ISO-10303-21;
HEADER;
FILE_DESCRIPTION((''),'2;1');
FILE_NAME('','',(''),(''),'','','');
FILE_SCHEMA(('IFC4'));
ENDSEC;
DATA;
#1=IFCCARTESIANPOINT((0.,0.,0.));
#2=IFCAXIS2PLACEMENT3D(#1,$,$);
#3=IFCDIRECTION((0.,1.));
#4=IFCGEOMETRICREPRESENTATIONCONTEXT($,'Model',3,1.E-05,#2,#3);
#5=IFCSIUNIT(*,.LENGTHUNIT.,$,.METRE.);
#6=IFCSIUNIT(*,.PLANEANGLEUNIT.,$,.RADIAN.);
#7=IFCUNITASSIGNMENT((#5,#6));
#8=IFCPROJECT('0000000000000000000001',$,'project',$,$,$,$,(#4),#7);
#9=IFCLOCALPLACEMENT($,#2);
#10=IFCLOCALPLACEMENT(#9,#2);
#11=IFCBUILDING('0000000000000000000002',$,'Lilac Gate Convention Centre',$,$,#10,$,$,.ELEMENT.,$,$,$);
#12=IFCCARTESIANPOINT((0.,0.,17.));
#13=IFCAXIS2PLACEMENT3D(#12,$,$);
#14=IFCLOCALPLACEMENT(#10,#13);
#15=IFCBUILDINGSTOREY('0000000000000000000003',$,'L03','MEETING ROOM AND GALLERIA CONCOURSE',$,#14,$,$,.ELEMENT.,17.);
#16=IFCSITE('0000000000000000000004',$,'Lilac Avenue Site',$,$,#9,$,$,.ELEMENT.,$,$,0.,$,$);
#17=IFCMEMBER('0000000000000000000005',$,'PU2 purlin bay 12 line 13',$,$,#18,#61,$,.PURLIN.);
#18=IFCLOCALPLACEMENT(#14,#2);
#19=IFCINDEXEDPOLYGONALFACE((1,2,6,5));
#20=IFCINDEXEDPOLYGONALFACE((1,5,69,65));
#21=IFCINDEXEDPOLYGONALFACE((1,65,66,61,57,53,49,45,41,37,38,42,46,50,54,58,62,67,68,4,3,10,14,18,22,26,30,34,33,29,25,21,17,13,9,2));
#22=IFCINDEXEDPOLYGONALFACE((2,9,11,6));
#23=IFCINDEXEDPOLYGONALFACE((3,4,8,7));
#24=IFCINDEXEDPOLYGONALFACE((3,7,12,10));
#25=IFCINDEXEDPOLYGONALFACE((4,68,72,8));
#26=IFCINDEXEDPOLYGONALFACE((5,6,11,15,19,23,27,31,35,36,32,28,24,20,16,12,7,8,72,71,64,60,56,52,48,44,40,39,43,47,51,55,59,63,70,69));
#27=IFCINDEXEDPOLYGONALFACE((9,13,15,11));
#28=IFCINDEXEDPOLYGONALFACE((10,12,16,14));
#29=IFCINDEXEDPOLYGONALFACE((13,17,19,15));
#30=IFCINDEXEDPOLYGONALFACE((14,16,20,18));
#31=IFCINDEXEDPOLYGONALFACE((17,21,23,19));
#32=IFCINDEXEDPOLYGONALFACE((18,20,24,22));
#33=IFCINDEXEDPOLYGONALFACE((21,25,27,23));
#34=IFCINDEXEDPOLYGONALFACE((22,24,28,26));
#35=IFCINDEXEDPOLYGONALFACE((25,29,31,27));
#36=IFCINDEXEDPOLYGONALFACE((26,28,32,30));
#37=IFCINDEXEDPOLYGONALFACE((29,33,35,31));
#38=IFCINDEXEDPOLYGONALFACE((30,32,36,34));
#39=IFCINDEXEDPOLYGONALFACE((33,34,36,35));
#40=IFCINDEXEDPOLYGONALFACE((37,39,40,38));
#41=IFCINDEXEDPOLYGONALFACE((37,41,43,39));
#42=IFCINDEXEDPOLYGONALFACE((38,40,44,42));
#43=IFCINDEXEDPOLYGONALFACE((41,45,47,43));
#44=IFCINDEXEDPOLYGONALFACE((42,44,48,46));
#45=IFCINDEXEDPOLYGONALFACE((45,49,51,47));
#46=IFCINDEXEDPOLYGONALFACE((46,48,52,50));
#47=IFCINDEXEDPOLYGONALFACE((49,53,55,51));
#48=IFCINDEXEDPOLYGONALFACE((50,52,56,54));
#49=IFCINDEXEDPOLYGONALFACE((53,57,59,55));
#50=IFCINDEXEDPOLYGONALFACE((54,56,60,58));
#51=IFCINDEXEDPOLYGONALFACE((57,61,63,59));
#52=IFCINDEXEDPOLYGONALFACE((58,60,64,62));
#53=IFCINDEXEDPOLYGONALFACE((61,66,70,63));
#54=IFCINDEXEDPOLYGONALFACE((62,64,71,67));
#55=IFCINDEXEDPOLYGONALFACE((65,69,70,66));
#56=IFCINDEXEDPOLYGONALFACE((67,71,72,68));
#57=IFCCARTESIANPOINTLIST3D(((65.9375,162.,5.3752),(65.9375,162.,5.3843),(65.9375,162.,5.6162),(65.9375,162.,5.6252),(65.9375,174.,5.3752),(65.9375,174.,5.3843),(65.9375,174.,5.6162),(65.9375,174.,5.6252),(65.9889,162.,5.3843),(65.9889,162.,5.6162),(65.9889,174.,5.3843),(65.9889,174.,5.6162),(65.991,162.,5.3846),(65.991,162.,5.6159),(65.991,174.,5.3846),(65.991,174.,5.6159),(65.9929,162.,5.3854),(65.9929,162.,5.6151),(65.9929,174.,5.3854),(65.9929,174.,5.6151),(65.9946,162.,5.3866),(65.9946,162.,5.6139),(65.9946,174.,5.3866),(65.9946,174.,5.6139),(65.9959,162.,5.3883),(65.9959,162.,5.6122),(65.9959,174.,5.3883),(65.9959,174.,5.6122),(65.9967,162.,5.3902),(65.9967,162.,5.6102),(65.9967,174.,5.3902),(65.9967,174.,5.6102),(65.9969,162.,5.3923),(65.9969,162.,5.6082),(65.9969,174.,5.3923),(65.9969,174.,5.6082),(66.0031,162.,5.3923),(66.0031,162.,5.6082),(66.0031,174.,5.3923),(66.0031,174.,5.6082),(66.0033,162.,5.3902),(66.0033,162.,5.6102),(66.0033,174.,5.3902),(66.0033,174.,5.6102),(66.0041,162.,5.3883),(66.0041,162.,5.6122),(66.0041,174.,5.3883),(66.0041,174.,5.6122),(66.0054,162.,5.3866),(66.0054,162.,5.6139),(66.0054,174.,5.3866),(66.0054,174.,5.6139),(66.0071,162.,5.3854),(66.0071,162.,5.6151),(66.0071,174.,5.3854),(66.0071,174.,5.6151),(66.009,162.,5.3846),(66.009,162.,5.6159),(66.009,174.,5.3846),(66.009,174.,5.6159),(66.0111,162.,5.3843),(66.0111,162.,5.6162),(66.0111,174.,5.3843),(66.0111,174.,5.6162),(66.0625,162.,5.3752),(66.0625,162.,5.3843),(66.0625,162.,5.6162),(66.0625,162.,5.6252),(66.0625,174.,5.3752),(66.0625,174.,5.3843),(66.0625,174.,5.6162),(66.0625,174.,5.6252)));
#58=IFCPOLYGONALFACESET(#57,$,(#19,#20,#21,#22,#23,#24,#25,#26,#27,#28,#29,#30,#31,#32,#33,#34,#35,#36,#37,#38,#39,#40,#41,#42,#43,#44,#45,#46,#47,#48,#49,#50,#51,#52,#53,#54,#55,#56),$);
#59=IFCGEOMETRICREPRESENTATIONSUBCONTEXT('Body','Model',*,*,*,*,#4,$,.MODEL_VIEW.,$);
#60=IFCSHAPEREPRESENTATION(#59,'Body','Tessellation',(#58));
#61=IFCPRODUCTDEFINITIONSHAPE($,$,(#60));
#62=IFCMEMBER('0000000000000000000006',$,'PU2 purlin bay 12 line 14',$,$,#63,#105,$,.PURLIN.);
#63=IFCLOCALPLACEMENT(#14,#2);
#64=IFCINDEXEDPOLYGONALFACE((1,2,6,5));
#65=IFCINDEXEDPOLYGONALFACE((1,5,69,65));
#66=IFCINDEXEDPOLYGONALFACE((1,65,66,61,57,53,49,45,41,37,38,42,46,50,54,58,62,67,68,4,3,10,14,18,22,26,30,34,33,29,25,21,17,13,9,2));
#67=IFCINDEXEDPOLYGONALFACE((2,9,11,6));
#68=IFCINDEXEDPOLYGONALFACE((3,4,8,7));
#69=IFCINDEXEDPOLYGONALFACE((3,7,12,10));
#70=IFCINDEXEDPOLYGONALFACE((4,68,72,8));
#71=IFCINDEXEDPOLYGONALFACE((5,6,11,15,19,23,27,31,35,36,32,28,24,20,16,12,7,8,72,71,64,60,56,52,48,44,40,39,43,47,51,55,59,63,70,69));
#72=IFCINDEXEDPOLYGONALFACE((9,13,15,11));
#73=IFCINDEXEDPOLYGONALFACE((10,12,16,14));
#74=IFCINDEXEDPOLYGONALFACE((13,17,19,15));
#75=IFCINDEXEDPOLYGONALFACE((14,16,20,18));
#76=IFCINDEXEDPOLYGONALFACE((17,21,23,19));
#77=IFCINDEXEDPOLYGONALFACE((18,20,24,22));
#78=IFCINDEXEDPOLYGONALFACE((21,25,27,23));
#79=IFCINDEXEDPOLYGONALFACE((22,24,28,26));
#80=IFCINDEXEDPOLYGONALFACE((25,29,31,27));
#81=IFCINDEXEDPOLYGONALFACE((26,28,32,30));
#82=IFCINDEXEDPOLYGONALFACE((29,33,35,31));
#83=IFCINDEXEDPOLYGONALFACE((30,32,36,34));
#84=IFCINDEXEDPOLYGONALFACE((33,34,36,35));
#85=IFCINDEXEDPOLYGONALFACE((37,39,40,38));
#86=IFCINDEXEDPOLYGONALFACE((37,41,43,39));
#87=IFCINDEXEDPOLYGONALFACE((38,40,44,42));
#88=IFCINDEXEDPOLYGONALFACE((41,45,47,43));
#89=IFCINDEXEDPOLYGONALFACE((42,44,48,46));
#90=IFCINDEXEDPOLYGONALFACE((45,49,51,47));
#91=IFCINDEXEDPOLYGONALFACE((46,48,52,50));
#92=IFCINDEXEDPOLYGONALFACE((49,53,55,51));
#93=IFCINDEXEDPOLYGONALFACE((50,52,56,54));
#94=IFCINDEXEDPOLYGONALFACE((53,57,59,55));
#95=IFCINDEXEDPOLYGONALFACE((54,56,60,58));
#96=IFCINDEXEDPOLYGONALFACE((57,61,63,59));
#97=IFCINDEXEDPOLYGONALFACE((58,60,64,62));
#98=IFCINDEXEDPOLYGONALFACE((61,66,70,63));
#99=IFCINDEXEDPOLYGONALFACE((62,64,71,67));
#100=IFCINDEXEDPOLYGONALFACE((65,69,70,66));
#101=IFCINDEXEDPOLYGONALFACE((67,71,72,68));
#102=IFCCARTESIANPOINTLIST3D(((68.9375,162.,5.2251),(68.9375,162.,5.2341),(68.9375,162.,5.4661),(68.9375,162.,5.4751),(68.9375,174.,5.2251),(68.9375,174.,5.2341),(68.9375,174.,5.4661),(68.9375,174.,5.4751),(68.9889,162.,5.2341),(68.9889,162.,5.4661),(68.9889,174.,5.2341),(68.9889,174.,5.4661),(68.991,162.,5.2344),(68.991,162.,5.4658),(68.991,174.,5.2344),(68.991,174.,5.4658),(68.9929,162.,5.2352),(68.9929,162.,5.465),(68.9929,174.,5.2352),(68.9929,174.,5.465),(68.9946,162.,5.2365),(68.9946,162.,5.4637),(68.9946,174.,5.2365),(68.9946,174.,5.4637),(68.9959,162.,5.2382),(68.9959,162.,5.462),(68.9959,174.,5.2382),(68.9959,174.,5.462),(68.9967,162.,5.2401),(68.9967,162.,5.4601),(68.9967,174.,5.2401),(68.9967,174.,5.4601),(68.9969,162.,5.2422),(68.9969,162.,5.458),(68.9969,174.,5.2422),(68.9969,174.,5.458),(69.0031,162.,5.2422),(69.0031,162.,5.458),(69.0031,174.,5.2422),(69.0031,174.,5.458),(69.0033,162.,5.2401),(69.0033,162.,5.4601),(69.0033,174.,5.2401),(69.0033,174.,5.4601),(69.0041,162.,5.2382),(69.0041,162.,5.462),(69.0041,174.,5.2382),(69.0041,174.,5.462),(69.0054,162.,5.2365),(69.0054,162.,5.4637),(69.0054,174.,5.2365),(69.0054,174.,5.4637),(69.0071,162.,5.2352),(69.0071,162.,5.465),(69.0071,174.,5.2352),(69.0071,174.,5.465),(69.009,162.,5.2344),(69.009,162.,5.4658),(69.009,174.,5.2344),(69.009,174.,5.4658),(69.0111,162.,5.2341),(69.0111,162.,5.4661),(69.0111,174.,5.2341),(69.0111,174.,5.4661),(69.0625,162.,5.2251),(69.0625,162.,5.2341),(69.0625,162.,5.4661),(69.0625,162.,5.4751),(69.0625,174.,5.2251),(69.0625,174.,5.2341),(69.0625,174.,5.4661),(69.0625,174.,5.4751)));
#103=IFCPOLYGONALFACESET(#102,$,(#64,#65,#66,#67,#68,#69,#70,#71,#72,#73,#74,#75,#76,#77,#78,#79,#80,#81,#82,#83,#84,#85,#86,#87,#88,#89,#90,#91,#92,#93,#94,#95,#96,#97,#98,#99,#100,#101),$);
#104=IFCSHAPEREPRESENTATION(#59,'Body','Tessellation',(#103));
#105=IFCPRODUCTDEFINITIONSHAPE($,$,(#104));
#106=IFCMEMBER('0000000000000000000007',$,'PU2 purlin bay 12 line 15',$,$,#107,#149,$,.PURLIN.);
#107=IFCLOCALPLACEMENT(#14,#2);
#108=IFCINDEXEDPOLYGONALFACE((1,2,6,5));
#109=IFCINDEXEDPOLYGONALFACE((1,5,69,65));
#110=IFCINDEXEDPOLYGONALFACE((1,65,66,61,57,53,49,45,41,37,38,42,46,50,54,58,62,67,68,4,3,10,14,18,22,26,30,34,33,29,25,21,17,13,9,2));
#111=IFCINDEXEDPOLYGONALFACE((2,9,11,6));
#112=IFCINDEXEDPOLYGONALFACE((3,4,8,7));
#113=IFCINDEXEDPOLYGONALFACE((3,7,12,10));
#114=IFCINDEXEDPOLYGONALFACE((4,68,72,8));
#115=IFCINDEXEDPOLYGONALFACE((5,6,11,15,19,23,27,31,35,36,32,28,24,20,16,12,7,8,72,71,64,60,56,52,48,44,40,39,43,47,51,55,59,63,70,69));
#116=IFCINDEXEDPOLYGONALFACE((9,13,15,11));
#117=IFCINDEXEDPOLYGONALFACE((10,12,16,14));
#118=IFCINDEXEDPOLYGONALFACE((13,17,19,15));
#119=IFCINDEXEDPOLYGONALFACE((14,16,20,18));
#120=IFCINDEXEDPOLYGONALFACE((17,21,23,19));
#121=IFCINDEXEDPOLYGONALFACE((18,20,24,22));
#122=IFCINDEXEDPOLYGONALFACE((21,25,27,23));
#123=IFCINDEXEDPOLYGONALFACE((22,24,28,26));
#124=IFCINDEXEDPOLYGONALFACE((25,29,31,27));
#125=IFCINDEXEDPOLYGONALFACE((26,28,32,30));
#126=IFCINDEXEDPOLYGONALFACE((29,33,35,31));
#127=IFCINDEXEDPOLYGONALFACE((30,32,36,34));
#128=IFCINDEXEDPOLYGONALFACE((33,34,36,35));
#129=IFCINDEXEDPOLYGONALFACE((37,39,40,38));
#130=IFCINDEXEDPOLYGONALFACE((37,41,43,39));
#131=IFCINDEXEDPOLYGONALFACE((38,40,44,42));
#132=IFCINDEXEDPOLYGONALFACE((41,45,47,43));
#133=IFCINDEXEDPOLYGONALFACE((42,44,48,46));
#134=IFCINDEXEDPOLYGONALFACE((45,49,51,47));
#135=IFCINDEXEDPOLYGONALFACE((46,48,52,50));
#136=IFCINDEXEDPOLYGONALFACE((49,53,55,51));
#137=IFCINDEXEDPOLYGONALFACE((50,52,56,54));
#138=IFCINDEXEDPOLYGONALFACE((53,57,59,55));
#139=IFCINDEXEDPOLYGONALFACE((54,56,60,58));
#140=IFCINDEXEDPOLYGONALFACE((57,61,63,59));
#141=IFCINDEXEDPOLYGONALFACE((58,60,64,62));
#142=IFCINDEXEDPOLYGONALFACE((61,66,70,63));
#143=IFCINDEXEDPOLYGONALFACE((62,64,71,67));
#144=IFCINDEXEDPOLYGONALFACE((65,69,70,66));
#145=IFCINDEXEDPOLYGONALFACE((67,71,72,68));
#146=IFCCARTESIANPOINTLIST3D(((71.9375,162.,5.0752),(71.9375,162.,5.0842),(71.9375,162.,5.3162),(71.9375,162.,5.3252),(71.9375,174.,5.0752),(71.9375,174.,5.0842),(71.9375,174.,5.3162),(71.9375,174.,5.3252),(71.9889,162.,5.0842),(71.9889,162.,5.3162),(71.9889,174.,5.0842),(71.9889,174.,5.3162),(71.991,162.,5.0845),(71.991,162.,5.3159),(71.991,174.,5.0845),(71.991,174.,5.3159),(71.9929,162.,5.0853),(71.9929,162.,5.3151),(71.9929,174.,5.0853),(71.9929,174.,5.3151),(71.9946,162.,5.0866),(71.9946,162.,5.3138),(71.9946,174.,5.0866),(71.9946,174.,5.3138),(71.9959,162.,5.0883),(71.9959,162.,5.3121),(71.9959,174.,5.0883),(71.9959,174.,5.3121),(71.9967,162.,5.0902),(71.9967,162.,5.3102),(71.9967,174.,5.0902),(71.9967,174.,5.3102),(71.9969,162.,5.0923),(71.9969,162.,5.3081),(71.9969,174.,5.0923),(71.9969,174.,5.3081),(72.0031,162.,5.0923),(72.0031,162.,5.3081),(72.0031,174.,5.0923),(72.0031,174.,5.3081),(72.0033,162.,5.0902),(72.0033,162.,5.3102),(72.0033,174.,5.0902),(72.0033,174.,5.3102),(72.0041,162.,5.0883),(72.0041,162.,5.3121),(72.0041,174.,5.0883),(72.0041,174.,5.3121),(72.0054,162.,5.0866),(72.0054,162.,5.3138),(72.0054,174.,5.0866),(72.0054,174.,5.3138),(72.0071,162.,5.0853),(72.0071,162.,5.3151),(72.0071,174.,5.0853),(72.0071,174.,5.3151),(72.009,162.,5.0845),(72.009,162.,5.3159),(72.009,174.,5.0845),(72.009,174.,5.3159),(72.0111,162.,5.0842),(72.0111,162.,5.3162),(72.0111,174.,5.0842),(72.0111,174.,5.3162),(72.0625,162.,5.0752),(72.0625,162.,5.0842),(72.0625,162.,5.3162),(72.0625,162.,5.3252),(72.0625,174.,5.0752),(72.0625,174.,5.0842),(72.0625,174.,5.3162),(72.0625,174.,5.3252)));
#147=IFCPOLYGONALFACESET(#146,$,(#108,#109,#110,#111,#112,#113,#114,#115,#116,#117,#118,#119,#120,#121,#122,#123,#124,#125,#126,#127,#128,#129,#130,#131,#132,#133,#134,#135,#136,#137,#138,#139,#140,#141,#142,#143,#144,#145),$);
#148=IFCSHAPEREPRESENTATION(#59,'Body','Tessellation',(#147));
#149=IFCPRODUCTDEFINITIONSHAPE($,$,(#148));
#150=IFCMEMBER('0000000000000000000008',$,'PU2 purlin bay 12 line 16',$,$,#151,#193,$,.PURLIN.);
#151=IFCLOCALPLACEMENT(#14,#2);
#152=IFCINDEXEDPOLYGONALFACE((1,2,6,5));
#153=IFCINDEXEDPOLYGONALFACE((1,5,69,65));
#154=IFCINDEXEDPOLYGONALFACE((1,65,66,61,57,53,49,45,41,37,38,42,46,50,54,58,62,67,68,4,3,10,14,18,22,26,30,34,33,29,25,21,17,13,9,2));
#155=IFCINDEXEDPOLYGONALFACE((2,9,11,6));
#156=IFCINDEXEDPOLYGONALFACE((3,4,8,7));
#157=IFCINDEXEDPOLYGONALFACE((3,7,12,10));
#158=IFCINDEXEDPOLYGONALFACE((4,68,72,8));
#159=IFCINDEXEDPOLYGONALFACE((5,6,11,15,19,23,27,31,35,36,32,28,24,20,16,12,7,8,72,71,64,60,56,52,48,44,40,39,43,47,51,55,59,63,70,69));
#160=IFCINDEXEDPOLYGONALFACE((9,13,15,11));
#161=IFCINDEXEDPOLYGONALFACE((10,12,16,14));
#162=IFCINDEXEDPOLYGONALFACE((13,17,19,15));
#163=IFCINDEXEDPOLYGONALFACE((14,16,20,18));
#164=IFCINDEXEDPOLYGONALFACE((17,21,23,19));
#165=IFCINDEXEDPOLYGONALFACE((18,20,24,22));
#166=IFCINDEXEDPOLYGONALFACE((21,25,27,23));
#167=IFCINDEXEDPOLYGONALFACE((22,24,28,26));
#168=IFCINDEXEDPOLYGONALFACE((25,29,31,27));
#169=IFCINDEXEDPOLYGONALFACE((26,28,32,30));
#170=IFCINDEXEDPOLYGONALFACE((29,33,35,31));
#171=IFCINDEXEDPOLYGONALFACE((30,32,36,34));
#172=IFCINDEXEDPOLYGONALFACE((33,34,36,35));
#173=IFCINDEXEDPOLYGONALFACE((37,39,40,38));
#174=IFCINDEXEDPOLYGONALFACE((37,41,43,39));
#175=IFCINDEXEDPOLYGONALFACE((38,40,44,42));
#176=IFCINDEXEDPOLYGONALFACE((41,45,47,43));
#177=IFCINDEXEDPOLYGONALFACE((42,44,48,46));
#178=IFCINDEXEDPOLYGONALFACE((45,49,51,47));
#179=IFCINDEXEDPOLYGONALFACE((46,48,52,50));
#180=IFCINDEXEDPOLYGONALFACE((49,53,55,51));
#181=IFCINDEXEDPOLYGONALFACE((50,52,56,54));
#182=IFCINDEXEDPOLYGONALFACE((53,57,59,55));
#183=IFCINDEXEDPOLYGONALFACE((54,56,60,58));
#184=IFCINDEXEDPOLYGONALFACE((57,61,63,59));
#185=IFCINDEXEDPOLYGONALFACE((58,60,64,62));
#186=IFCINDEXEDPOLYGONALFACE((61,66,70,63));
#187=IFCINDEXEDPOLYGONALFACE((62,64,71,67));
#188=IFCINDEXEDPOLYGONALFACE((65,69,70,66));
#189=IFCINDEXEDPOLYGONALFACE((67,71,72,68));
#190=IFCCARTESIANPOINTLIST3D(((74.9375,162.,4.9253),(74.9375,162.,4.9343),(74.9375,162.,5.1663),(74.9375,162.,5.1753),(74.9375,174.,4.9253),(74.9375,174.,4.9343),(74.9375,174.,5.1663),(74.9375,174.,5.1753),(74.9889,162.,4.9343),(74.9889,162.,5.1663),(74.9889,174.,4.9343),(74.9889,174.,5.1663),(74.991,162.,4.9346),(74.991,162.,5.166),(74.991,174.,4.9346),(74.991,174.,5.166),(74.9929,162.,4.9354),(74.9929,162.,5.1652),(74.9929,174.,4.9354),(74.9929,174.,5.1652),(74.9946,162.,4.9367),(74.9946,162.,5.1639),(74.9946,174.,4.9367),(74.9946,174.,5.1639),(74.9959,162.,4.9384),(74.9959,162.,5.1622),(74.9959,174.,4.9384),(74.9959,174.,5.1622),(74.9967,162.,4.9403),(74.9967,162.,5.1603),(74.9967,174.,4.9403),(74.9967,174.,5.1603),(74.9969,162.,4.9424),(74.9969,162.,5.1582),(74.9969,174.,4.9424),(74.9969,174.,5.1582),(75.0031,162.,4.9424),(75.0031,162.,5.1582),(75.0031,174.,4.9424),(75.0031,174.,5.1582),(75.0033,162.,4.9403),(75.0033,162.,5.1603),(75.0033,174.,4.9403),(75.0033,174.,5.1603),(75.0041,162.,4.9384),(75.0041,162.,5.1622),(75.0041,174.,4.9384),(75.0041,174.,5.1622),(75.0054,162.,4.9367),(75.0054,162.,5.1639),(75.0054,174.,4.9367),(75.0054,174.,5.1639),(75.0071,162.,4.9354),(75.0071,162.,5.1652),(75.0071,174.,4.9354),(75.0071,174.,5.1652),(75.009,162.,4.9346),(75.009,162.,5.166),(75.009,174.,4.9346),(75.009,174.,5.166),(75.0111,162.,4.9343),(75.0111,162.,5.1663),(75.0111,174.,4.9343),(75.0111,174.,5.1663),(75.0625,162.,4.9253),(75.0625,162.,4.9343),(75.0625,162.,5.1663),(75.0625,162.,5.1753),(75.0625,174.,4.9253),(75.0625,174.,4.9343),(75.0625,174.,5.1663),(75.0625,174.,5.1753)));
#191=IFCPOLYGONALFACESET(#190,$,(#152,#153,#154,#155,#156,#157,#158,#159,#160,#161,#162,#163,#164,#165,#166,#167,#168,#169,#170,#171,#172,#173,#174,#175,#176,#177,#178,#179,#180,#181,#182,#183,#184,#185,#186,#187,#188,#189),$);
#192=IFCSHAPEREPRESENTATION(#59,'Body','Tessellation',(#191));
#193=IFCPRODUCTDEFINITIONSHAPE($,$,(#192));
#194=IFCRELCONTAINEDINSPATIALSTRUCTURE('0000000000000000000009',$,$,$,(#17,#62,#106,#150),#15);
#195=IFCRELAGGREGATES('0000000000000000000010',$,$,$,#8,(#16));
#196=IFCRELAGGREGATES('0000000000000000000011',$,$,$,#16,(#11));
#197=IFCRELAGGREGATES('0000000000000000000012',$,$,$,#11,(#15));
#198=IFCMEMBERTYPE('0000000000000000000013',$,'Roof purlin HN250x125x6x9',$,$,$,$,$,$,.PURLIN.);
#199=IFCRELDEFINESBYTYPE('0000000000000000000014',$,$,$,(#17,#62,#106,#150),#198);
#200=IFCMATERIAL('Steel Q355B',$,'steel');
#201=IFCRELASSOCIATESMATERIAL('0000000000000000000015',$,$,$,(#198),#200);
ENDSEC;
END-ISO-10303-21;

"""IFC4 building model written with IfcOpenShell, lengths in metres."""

from ifc_helpers import new_model, si_unit, direction, frame, origin, origin_2d, place, context, subcontext, project, spatial, i_section, extrude, material, material_profile, profile_set, type_object, element, save


model = new_model("IFC4")

# Units and contexts
model_context = context("Model", 3, precision=1e-05, world=origin(), true_north=direction((0.0, 1.0)))
body_context = subcontext(model_context, "Body", "Model", "MODEL_VIEW")
ifc_project = project(units=[si_unit("LENGTHUNIT", "METRE"), si_unit("PLANEANGLEUNIT", "RADIAN")], contexts=[model_context])

# Site, building, storey
site_placement = place(None, origin())
site = spatial("IfcSite", under=ifc_project, at=site_placement, Name="Lilac Avenue Site", CompositionType="ELEMENT", RefElevation=0.0)
building_placement = place(site_placement, origin())
building = spatial("IfcBuilding", under=site, at=building_placement, Name="Lilac Gate Convention Centre", CompositionType="ELEMENT")
storey_placement = place(building_placement, frame((0.0, 0.0, 17.0)))
storey = spatial("IfcBuildingStorey", under=building, at=storey_placement, Name="L03", Description="MEETING ROOM AND GALLERIA CONCOURSE", CompositionType="ELEMENT", Elevation=17.0)

# Members
ifc_material = material(Name="Steel Q355B", Category="steel")
ifc_material_profile_1 = material_profile(ifc_material, i_section(OverallWidth=0.125, OverallDepth=0.25, WebThickness=0.0061, FlangeThickness=0.009, FilletRadius=0.0081, at=origin_2d()), Name="HN250x125x6x9")
ifc_profile_set_1 = profile_set([ifc_material_profile_1], Name="Steel Q355B")
member_type_1 = type_object("IfcMemberType", Name="Roof purlin HN250x125x6x9", PredefinedType="PURLIN", material=ifc_profile_set_1)
for number, where, z_axis, x_axis, name in (
    (1, (66.0, 162.0, 5.5002), (0.0, 1.0, 0.0), (-1.0, 0.0, 0.0), "PU2 purlin bay 12 line 13"),
    (2, (69.0, 162.0, 5.3501), (0.0, 1.0, 0.0), (-1.0, 0.0, 0.0), "PU2 purlin bay 12 line 14"),
    (3, (72.0, 162.0, 5.2002), (0.0, 1.0, 0.0), (-1.0, 0.0, 0.0), "PU2 purlin bay 12 line 15"),
    (4, (75.0, 162.0, 5.0503), (0.0, 1.0, 0.0), (-1.0, 0.0, 0.0), "PU2 purlin bay 12 line 16"),
):
    element("IfcMember", number, at=place(storey_placement, frame(where, z_axis=z_axis, x_axis=x_axis)), inside=storey, type_object=member_type_1, Name=name, PredefinedType="PURLIN", context=body_context, shape_type="SweptSolid", body=[
        extrude(i_section(OverallWidth=0.125, OverallDepth=0.25, WebThickness=0.0061, FlangeThickness=0.009, FilletRadius=0.0081, at=origin_2d()), origin(), (0.0, 0.0, 1.0), 12.0),
    ])

save(model, "model.ifc")
